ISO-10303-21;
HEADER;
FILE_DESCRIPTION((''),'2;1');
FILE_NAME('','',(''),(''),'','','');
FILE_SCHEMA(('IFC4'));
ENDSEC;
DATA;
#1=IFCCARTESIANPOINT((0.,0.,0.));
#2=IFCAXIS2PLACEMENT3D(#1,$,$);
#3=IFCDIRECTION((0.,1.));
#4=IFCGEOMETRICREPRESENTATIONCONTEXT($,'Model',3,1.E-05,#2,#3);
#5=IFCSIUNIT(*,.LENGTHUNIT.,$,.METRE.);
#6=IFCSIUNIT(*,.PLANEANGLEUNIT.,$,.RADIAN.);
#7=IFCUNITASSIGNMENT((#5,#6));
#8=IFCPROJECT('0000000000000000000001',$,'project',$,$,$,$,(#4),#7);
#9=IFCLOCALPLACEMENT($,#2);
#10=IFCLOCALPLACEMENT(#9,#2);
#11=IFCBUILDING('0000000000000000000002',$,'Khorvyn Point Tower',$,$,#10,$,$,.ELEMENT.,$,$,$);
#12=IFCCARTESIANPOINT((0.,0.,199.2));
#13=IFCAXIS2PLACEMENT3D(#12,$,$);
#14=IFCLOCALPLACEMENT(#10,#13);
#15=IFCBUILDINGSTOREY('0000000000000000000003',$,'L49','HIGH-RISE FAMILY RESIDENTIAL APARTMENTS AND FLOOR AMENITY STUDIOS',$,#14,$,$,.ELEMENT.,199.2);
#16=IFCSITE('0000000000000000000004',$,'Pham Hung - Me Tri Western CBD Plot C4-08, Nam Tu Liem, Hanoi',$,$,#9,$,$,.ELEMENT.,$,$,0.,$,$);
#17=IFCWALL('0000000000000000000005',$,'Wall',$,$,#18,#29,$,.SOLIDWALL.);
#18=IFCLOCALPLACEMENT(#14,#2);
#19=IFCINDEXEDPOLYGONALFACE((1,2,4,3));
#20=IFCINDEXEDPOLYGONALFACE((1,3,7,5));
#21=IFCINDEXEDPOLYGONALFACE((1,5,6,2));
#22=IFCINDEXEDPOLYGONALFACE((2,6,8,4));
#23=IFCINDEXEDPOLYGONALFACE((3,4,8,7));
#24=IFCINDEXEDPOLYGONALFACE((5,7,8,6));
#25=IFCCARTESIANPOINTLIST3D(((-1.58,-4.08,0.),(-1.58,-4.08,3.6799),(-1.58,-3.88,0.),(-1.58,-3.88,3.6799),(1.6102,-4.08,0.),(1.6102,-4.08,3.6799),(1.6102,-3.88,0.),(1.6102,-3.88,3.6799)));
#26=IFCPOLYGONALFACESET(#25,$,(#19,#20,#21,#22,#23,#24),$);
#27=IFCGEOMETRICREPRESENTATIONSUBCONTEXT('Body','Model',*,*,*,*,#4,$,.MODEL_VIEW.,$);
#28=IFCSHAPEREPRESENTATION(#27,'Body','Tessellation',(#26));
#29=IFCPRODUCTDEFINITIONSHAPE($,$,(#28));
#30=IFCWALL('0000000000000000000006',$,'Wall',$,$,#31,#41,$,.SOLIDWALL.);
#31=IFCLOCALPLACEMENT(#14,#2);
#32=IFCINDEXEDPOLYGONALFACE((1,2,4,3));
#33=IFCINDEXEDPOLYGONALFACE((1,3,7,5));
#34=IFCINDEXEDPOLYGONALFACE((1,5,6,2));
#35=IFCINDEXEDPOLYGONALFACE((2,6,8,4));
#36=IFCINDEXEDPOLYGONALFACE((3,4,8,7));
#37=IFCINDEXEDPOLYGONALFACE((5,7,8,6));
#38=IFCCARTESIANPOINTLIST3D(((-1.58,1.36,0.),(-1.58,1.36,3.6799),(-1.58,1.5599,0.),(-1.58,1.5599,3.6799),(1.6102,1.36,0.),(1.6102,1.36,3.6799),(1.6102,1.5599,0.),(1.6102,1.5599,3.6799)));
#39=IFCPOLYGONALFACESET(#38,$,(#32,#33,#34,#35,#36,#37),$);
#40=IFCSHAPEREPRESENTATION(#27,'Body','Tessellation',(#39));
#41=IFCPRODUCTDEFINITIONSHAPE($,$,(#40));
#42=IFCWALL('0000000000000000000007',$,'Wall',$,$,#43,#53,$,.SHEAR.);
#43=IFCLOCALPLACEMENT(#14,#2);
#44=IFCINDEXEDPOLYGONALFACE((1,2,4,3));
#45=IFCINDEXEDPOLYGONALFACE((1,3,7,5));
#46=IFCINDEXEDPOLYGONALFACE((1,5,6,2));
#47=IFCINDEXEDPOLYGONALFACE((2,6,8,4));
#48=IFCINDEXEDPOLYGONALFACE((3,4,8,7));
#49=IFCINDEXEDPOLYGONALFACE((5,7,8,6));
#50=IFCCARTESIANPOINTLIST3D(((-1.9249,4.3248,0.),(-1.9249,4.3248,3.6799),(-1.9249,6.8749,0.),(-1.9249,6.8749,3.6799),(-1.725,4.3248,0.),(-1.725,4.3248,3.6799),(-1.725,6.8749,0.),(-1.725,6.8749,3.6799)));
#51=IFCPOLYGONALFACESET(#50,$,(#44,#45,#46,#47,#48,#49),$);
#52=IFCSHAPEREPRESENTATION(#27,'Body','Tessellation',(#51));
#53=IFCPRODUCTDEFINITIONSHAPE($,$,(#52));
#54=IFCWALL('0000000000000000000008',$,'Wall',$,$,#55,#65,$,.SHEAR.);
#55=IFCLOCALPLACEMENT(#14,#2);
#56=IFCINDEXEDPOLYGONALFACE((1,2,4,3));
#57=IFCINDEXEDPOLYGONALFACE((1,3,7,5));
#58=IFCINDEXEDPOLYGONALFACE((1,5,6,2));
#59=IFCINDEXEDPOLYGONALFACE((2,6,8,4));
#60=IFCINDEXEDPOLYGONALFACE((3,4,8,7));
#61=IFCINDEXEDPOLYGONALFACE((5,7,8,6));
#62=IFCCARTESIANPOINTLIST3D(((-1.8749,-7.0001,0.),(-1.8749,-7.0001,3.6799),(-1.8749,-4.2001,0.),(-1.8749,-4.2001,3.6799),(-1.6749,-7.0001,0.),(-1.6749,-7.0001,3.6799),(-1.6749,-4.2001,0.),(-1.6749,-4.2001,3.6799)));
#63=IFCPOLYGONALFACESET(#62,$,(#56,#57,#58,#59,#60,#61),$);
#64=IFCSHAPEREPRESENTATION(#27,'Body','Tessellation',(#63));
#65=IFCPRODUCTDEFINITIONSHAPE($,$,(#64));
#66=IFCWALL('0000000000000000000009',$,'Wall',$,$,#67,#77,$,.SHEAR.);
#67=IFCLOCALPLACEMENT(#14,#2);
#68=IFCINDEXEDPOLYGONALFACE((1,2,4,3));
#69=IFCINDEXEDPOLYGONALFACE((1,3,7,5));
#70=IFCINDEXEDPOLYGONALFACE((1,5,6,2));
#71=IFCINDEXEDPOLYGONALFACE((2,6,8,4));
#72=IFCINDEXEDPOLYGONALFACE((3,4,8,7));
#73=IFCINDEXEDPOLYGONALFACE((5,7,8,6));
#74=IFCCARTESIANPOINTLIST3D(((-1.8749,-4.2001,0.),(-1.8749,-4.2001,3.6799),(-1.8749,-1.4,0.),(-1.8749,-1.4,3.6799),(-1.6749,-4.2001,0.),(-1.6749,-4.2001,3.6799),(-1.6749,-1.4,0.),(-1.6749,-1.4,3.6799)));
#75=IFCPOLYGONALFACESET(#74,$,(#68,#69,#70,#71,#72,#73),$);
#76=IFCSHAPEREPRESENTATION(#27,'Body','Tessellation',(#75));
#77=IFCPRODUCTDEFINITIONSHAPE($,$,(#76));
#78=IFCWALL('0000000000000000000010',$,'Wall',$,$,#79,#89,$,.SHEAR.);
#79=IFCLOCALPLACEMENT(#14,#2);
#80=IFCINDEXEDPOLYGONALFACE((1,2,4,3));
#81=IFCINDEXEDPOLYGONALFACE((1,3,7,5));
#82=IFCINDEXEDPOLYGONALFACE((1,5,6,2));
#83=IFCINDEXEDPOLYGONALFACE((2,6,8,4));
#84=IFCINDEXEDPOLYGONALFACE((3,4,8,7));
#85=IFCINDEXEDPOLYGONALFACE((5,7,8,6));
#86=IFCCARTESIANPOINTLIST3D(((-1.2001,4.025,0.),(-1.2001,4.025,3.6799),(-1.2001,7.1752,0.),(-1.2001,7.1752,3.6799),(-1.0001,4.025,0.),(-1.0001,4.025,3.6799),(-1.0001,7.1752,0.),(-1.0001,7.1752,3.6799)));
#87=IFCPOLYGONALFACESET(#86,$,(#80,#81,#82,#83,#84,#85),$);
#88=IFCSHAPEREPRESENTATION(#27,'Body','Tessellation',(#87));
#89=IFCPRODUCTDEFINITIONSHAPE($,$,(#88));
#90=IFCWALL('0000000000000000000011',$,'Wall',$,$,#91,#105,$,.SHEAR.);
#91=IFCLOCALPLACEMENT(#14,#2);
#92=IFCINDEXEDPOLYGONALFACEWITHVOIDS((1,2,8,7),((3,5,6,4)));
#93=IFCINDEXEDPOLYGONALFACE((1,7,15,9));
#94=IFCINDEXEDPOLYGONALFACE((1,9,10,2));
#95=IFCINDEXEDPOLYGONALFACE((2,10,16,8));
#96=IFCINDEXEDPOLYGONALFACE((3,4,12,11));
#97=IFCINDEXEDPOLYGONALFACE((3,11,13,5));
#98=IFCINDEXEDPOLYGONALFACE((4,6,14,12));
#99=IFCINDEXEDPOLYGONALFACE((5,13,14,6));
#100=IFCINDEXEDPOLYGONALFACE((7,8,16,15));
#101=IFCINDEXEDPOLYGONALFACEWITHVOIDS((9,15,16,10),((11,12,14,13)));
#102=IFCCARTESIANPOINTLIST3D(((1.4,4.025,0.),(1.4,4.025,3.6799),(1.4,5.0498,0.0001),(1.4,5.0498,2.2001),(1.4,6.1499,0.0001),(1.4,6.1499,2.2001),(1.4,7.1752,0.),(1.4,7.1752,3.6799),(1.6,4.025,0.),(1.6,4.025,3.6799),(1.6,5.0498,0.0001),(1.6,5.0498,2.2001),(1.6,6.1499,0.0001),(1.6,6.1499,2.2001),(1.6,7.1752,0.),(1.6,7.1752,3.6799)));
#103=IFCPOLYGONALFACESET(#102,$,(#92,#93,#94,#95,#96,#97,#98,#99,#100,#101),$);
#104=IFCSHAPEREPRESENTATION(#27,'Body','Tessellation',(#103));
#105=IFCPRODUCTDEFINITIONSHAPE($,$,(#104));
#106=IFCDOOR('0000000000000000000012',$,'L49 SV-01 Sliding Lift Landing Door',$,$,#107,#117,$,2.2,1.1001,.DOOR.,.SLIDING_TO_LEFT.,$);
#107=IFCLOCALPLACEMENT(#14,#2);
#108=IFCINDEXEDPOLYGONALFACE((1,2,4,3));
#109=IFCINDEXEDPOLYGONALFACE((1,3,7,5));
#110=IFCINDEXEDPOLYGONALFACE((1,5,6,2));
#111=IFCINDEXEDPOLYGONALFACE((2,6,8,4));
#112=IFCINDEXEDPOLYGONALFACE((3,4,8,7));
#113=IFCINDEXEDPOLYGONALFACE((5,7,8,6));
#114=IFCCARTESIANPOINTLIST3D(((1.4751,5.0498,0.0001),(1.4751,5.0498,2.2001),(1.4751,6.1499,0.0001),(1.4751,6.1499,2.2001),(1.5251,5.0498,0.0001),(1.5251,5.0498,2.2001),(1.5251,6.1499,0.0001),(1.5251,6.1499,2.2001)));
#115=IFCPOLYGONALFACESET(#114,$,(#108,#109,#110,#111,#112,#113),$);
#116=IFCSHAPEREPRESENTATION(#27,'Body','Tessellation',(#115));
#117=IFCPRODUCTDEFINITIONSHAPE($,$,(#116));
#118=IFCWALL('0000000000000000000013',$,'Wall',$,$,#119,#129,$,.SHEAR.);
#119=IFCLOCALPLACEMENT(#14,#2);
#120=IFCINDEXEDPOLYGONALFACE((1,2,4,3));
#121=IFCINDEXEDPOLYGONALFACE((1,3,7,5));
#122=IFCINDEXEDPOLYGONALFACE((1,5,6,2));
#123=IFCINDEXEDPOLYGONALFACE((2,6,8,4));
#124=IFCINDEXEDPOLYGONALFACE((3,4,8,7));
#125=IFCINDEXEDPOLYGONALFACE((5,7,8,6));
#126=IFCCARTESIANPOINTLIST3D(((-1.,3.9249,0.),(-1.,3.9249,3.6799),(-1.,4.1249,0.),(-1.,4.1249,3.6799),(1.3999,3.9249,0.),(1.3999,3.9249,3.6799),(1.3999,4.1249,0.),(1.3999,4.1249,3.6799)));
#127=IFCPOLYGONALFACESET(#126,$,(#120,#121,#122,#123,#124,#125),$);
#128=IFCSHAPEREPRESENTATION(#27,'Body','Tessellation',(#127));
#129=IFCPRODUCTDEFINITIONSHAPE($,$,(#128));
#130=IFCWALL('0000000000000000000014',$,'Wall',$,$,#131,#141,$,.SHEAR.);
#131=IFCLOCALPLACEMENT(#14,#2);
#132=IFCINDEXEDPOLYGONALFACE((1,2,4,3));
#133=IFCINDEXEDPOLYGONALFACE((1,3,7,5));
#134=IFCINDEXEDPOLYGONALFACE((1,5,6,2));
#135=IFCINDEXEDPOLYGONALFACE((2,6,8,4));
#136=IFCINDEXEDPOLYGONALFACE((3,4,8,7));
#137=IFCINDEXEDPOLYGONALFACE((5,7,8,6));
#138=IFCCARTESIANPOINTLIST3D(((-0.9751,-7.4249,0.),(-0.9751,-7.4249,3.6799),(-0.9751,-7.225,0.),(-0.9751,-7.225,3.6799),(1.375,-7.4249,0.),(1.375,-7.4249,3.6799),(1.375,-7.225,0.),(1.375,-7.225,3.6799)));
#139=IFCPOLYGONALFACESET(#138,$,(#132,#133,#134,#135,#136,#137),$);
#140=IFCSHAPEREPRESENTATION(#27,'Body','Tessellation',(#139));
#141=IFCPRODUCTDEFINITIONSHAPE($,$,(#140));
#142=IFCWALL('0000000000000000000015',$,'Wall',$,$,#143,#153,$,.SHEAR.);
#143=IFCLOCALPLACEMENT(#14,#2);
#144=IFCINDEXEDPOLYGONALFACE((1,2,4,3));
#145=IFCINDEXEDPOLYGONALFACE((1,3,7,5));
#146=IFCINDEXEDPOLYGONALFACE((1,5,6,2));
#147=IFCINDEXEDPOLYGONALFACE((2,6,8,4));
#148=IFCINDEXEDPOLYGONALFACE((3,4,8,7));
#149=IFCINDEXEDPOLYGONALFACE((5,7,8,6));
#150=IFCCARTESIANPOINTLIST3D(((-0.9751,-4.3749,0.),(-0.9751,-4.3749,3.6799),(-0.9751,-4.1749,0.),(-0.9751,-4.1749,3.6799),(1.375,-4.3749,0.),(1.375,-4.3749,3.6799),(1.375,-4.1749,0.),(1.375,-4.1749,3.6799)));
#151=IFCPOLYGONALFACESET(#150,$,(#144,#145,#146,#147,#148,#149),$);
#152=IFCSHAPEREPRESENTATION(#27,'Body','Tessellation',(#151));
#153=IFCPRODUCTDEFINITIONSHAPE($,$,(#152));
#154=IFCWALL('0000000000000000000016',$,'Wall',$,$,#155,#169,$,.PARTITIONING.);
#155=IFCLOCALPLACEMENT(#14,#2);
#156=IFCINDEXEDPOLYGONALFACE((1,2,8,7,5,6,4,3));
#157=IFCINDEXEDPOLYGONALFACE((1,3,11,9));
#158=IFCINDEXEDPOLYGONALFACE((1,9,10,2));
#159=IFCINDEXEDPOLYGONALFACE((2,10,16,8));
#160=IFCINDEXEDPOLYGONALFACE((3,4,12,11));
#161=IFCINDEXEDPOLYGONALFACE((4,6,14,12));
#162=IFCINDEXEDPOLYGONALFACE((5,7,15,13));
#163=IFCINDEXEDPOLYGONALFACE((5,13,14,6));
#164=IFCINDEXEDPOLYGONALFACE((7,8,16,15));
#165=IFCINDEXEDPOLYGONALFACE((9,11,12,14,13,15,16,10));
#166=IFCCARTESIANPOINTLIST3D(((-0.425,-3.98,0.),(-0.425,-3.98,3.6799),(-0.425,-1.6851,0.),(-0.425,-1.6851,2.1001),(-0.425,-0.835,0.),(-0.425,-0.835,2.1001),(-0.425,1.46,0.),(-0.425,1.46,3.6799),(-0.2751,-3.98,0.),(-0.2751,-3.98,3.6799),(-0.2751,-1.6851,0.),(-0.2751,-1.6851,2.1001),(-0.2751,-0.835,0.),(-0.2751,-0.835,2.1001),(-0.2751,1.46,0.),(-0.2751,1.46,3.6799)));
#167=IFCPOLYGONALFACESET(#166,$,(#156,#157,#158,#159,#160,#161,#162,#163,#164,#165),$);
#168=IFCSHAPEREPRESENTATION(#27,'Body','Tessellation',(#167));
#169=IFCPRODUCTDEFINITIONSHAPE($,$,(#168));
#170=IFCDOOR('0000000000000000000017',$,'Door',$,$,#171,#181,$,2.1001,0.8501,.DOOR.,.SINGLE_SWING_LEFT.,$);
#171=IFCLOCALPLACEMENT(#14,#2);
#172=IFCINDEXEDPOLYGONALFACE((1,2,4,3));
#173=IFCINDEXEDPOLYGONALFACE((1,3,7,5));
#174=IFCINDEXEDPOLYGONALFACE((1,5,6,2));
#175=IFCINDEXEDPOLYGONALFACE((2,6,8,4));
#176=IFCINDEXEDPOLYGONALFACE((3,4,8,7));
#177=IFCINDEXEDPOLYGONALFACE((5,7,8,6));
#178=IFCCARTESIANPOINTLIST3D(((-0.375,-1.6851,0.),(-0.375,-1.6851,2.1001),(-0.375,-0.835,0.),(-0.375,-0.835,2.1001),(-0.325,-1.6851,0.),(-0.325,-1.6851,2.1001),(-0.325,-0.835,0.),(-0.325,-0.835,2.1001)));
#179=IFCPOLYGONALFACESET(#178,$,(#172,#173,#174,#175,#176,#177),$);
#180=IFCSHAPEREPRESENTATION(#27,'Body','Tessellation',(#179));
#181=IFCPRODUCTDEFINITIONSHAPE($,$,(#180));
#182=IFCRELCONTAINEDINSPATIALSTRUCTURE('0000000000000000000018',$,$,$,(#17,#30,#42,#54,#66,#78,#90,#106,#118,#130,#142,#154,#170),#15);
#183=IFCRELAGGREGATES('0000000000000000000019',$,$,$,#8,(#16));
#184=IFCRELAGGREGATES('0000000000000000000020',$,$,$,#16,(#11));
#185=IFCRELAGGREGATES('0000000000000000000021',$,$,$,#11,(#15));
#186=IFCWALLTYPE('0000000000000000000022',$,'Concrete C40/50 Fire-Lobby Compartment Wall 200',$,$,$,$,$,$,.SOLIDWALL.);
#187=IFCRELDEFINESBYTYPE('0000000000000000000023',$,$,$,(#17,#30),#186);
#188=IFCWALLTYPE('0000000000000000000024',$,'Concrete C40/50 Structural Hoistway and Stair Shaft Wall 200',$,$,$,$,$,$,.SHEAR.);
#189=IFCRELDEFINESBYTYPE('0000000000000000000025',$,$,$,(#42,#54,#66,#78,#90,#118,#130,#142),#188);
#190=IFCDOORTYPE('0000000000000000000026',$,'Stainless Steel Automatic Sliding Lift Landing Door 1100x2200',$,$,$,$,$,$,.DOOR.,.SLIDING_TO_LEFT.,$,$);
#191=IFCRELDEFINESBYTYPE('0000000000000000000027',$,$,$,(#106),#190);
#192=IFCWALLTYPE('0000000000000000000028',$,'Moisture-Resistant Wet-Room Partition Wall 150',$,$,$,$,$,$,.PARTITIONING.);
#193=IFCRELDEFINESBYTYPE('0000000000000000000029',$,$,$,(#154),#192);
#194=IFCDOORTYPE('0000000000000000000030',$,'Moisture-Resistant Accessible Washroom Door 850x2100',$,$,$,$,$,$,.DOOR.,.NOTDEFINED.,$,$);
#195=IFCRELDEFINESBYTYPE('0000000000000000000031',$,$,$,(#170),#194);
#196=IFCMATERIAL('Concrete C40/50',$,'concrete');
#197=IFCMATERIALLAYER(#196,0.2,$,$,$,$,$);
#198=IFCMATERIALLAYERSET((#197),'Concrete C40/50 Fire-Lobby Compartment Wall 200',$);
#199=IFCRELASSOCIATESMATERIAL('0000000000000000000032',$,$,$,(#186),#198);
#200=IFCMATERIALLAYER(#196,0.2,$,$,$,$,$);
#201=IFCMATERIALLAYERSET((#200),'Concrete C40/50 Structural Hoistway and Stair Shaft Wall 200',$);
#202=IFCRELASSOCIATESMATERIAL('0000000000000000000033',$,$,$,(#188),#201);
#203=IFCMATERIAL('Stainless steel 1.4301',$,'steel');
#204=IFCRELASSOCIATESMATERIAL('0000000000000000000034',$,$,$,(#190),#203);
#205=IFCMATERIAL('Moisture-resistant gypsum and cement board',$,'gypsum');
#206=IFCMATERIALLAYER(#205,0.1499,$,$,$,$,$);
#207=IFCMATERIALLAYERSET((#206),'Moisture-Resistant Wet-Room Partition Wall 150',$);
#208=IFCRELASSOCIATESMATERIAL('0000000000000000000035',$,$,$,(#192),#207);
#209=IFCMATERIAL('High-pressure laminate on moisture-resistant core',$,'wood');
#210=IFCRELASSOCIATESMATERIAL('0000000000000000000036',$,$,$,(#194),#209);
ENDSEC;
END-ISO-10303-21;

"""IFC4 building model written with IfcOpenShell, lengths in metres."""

from ifc_helpers import new_model, si_unit, direction, frame, frame_2d, origin, place, context, subcontext, project, spatial, rectangle, extrude, material, layer, layer_set, type_object, element, fill, save


model = new_model("IFC4")

# Units and contexts
model_context = context("Model", 3, precision=1e-05, world=origin(), true_north=direction((0.0, 1.0)))
body_context = subcontext(model_context, "Body", "Model", "MODEL_VIEW")
ifc_project = project(units=[si_unit("LENGTHUNIT", "METRE"), si_unit("PLANEANGLEUNIT", "RADIAN")], contexts=[model_context])

# Site, building, storey
site_placement = place(None, origin())
site = spatial("IfcSite", under=ifc_project, at=site_placement, Name="Pham Hung - Me Tri Western CBD Plot C4-08, Nam Tu Liem, Hanoi", CompositionType="ELEMENT", RefElevation=0.0)
building_placement = place(site_placement, origin())
building = spatial("IfcBuilding", under=site, at=building_placement, Name="Khorvyn Point Tower", CompositionType="ELEMENT")
storey_placement = place(building_placement, frame((0.0, 0.0, 199.2)))
storey = spatial("IfcBuildingStorey", under=building, at=storey_placement, Name="L49", Description="HIGH-RISE FAMILY RESIDENTIAL APARTMENTS AND FLOOR AMENITY STUDIOS", CompositionType="ELEMENT", Elevation=199.2)

# Shared definitions
ifc_material_1 = material(Name="Concrete C40/50", Category="concrete")

# Walls
ifc_layer_1 = layer(ifc_material_1, 0.2)
ifc_layer_set_1 = layer_set([ifc_layer_1], Name="Concrete C40/50 Fire-Lobby Compartment Wall 200")
wall_type_1 = type_object("IfcWallType", Name="Concrete C40/50 Fire-Lobby Compartment Wall 200", PredefinedType="SOLIDWALL", material=ifc_layer_set_1)
for number, where, z_axis, x_axis, name in (
    (1, (-1.5801, -3.98, 0.0), (0.0, 0.0, 1.0), (1.0, 0.0, 0.0), "Wall"),
    (2, (-1.5801, 1.46, 0.0), (0.0, 0.0, 1.0), (1.0, 0.0, 0.0), "Wall"),
):
    element("IfcWall", number, at=place(storey_placement, frame(where, z_axis=z_axis, x_axis=x_axis)), inside=storey, type_object=wall_type_1, Name=name, PredefinedType="SOLIDWALL", context=body_context, shape_type="SweptSolid", body=[
        extrude(rectangle(XDim=3.1902, YDim=0.2, at=frame_2d((1.5952, 0.0))), origin(), (0.0, 0.0, 1.0), 3.6799),
    ])
ifc_layer_2 = layer(ifc_material_1, 0.2)
ifc_layer_set_2 = layer_set([ifc_layer_2], Name="Concrete C40/50 Structural Hoistway and Stair Shaft Wall 200")
wall_type_2 = type_object("IfcWallType", Name="Concrete C40/50 Structural Hoistway and Stair Shaft Wall 200", PredefinedType="SHEAR", material=ifc_layer_set_2)
wall_1_placement = place(storey_placement, frame((-1.825, 4.325, 0.0), z_axis=(0.0, 0.0, 1.0), x_axis=(0.0, 1.0, 0.0)))
element("IfcWall", 3, at=wall_1_placement, inside=storey, type_object=wall_type_2, Name="Wall", PredefinedType="SHEAR", context=body_context, shape_type="SweptSolid", body=[
    extrude(rectangle(XDim=2.55, YDim=0.2, at=frame_2d((1.2749, 0.0))), origin(), (0.0, 0.0, 1.0), 3.6799),
])
for number, where, z_axis, x_axis, name in (
    (4, (-1.7749, -7.0, 0.0), (0.0, 0.0, 1.0), (0.0, 1.0, 0.0), "Wall"),
    (5, (-1.7749, -4.2, 0.0), (0.0, 0.0, 1.0), (0.0, 1.0, 0.0), "Wall"),
):
    element("IfcWall", number, at=place(storey_placement, frame(where, z_axis=z_axis, x_axis=x_axis)), inside=storey, type_object=wall_type_2, Name=name, PredefinedType="SHEAR", context=body_context, shape_type="SweptSolid", body=[
        extrude(rectangle(XDim=2.8, YDim=0.2, at=frame_2d((1.3999, 0.0))), origin(), (0.0, 0.0, 1.0), 3.6799),
    ])
wall_2_placement = place(storey_placement, frame((-1.1001, 4.0249, 0.0), z_axis=(0.0, 0.0, 1.0), x_axis=(0.0, 1.0, 0.0)))
element("IfcWall", 6, at=wall_2_placement, inside=storey, type_object=wall_type_2, Name="Wall", PredefinedType="SHEAR", context=body_context, shape_type="SweptSolid", body=[
    extrude(rectangle(XDim=3.1501, YDim=0.2, at=frame_2d((1.5752, 0.0))), origin(), (0.0, 0.0, 1.0), 3.6799),
])

# Wall, opening, door
wall_3_placement = place(storey_placement, frame((1.5, 4.0249, 0.0), z_axis=(0.0, 0.0, 1.0), x_axis=(0.0, 1.0, 0.0)))
wall_3 = element("IfcWall", 7, at=wall_3_placement, inside=storey, type_object=wall_type_2, Name="Wall", PredefinedType="SHEAR", context=body_context, shape_type="SweptSolid", body=[
    extrude(rectangle(XDim=3.1501, YDim=0.2, at=frame_2d((1.5752, 0.0))), origin(), (0.0, 0.0, 1.0), 3.6799),
])
opening_1_placement = place(wall_3_placement, frame((1.0249, 0.0, 0.0)))
opening_1 = element("IfcOpeningElement", 8, at=opening_1_placement, cuts=wall_3, PredefinedType="OPENING", context=body_context, shape_type="SweptSolid", body=[
    extrude(rectangle(XDim=1.1001, YDim=2.2, at=frame_2d((0.55, 1.1001))), frame((0.0, 0.1099, 0.0), z_axis=(0.0, -1.0, 0.0), x_axis=(1.0, 0.0, 0.0)), (0.0, 0.0, 1.0), 0.22),
])
ifc_material_2 = material(Name="Stainless steel 1.4301", Category="steel")
door_type_1 = type_object("IfcDoorType", Name="Stainless Steel Automatic Sliding Lift Landing Door 1100x2200", OperationType="SLIDING_TO_LEFT", PredefinedType="DOOR", material=ifc_material_2)
door_1_placement = place(opening_1_placement, origin())
door_1 = element("IfcDoor", 9, at=door_1_placement, inside=storey, type_object=door_type_1, Name="L49 SV-01 Sliding Lift Landing Door", OperationType="SLIDING_TO_LEFT", OverallHeight=2.2, OverallWidth=1.1001, PredefinedType="DOOR", context=body_context, shape_type="SweptSolid", body=[
    extrude(rectangle(XDim=1.1001, YDim=2.2, at=frame_2d((0.55, 1.1001))), frame((0.0, 0.0249, 0.0), z_axis=(0.0, -1.0, 0.0), x_axis=(1.0, 0.0, 0.0)), (0.0, 0.0, 1.0), 0.05),
])
fill(opening_1, door_1)

# Walls
wall_4_placement = place(storey_placement, frame((-1.0, 4.0249, 0.0), z_axis=(0.0, 0.0, 1.0), x_axis=(1.0, 0.0, 0.0)))
element("IfcWall", 10, at=wall_4_placement, inside=storey, type_object=wall_type_2, Name="Wall", PredefinedType="SHEAR", context=body_context, shape_type="SweptSolid", body=[
    extrude(rectangle(XDim=2.3999, YDim=0.2, at=frame_2d((1.2, 0.0))), origin(), (0.0, 0.0, 1.0), 3.6799),
])
for number, where, z_axis, x_axis, name in (
    (11, (-0.9751, -7.325, 0.0), (0.0, 0.0, 1.0), (1.0, 0.0, 0.0), "Wall"),
    (12, (-0.9751, -4.2749, 0.0), (0.0, 0.0, 1.0), (1.0, 0.0, 0.0), "Wall"),
):
    element("IfcWall", number, at=place(storey_placement, frame(where, z_axis=z_axis, x_axis=x_axis)), inside=storey, type_object=wall_type_2, Name=name, PredefinedType="SHEAR", context=body_context, shape_type="SweptSolid", body=[
        extrude(rectangle(XDim=2.3501, YDim=0.2, at=frame_2d((1.175, 0.0))), origin(), (0.0, 0.0, 1.0), 3.6799),
    ])

# Wall, opening, door
ifc_material_3 = material(Name="Moisture-resistant gypsum and cement board", Category="gypsum")
ifc_layer_3 = layer(ifc_material_3, 0.1499)
ifc_layer_set_3 = layer_set([ifc_layer_3], Name="Moisture-Resistant Wet-Room Partition Wall 150")
wall_type_3 = type_object("IfcWallType", Name="Moisture-Resistant Wet-Room Partition Wall 150", PredefinedType="PARTITIONING", material=ifc_layer_set_3)
wall_5_placement = place(storey_placement, frame((-0.3501, -3.98, 0.0), z_axis=(0.0, 0.0, 1.0), x_axis=(0.0, 1.0, 0.0)))
wall_5 = element("IfcWall", 13, at=wall_5_placement, inside=storey, type_object=wall_type_3, Name="Wall", PredefinedType="PARTITIONING", context=body_context, shape_type="SweptSolid", body=[
    extrude(rectangle(XDim=5.4399, YDim=0.1499, at=frame_2d((2.72, 0.0))), origin(), (0.0, 0.0, 1.0), 3.6799),
])
opening_2_placement = place(wall_5_placement, frame((2.2949, 0.0, 0.0)))
opening_2 = element("IfcOpeningElement", 14, at=opening_2_placement, cuts=wall_5, PredefinedType="OPENING", context=body_context, shape_type="SweptSolid", body=[
    extrude(rectangle(XDim=0.8501, YDim=2.1001, at=frame_2d((0.425, 1.05))), frame((0.0, 0.085, 0.0), z_axis=(0.0, -1.0, 0.0), x_axis=(1.0, 0.0, 0.0)), (0.0, 0.0, 1.0), 0.1699),
])
ifc_material_4 = material(Name="High-pressure laminate on moisture-resistant core", Category="wood")
door_type_2 = type_object("IfcDoorType", Name="Moisture-Resistant Accessible Washroom Door 850x2100", OperationType="NOTDEFINED", PredefinedType="DOOR", material=ifc_material_4)
door_2_placement = place(opening_2_placement, origin())
door_2 = element("IfcDoor", 15, at=door_2_placement, inside=storey, type_object=door_type_2, Name="Door", OperationType="SINGLE_SWING_LEFT", OverallHeight=2.1001, OverallWidth=0.8501, PredefinedType="DOOR", context=body_context, shape_type="SweptSolid", body=[
    extrude(rectangle(XDim=0.8501, YDim=2.1001, at=frame_2d((0.425, 1.05))), frame((0.0, 0.0249, 0.0), z_axis=(0.0, -1.0, 0.0), x_axis=(1.0, 0.0, 0.0)), (0.0, 0.0, 1.0), 0.05),
])
fill(opening_2, door_2)

save(model, "model.ifc")
